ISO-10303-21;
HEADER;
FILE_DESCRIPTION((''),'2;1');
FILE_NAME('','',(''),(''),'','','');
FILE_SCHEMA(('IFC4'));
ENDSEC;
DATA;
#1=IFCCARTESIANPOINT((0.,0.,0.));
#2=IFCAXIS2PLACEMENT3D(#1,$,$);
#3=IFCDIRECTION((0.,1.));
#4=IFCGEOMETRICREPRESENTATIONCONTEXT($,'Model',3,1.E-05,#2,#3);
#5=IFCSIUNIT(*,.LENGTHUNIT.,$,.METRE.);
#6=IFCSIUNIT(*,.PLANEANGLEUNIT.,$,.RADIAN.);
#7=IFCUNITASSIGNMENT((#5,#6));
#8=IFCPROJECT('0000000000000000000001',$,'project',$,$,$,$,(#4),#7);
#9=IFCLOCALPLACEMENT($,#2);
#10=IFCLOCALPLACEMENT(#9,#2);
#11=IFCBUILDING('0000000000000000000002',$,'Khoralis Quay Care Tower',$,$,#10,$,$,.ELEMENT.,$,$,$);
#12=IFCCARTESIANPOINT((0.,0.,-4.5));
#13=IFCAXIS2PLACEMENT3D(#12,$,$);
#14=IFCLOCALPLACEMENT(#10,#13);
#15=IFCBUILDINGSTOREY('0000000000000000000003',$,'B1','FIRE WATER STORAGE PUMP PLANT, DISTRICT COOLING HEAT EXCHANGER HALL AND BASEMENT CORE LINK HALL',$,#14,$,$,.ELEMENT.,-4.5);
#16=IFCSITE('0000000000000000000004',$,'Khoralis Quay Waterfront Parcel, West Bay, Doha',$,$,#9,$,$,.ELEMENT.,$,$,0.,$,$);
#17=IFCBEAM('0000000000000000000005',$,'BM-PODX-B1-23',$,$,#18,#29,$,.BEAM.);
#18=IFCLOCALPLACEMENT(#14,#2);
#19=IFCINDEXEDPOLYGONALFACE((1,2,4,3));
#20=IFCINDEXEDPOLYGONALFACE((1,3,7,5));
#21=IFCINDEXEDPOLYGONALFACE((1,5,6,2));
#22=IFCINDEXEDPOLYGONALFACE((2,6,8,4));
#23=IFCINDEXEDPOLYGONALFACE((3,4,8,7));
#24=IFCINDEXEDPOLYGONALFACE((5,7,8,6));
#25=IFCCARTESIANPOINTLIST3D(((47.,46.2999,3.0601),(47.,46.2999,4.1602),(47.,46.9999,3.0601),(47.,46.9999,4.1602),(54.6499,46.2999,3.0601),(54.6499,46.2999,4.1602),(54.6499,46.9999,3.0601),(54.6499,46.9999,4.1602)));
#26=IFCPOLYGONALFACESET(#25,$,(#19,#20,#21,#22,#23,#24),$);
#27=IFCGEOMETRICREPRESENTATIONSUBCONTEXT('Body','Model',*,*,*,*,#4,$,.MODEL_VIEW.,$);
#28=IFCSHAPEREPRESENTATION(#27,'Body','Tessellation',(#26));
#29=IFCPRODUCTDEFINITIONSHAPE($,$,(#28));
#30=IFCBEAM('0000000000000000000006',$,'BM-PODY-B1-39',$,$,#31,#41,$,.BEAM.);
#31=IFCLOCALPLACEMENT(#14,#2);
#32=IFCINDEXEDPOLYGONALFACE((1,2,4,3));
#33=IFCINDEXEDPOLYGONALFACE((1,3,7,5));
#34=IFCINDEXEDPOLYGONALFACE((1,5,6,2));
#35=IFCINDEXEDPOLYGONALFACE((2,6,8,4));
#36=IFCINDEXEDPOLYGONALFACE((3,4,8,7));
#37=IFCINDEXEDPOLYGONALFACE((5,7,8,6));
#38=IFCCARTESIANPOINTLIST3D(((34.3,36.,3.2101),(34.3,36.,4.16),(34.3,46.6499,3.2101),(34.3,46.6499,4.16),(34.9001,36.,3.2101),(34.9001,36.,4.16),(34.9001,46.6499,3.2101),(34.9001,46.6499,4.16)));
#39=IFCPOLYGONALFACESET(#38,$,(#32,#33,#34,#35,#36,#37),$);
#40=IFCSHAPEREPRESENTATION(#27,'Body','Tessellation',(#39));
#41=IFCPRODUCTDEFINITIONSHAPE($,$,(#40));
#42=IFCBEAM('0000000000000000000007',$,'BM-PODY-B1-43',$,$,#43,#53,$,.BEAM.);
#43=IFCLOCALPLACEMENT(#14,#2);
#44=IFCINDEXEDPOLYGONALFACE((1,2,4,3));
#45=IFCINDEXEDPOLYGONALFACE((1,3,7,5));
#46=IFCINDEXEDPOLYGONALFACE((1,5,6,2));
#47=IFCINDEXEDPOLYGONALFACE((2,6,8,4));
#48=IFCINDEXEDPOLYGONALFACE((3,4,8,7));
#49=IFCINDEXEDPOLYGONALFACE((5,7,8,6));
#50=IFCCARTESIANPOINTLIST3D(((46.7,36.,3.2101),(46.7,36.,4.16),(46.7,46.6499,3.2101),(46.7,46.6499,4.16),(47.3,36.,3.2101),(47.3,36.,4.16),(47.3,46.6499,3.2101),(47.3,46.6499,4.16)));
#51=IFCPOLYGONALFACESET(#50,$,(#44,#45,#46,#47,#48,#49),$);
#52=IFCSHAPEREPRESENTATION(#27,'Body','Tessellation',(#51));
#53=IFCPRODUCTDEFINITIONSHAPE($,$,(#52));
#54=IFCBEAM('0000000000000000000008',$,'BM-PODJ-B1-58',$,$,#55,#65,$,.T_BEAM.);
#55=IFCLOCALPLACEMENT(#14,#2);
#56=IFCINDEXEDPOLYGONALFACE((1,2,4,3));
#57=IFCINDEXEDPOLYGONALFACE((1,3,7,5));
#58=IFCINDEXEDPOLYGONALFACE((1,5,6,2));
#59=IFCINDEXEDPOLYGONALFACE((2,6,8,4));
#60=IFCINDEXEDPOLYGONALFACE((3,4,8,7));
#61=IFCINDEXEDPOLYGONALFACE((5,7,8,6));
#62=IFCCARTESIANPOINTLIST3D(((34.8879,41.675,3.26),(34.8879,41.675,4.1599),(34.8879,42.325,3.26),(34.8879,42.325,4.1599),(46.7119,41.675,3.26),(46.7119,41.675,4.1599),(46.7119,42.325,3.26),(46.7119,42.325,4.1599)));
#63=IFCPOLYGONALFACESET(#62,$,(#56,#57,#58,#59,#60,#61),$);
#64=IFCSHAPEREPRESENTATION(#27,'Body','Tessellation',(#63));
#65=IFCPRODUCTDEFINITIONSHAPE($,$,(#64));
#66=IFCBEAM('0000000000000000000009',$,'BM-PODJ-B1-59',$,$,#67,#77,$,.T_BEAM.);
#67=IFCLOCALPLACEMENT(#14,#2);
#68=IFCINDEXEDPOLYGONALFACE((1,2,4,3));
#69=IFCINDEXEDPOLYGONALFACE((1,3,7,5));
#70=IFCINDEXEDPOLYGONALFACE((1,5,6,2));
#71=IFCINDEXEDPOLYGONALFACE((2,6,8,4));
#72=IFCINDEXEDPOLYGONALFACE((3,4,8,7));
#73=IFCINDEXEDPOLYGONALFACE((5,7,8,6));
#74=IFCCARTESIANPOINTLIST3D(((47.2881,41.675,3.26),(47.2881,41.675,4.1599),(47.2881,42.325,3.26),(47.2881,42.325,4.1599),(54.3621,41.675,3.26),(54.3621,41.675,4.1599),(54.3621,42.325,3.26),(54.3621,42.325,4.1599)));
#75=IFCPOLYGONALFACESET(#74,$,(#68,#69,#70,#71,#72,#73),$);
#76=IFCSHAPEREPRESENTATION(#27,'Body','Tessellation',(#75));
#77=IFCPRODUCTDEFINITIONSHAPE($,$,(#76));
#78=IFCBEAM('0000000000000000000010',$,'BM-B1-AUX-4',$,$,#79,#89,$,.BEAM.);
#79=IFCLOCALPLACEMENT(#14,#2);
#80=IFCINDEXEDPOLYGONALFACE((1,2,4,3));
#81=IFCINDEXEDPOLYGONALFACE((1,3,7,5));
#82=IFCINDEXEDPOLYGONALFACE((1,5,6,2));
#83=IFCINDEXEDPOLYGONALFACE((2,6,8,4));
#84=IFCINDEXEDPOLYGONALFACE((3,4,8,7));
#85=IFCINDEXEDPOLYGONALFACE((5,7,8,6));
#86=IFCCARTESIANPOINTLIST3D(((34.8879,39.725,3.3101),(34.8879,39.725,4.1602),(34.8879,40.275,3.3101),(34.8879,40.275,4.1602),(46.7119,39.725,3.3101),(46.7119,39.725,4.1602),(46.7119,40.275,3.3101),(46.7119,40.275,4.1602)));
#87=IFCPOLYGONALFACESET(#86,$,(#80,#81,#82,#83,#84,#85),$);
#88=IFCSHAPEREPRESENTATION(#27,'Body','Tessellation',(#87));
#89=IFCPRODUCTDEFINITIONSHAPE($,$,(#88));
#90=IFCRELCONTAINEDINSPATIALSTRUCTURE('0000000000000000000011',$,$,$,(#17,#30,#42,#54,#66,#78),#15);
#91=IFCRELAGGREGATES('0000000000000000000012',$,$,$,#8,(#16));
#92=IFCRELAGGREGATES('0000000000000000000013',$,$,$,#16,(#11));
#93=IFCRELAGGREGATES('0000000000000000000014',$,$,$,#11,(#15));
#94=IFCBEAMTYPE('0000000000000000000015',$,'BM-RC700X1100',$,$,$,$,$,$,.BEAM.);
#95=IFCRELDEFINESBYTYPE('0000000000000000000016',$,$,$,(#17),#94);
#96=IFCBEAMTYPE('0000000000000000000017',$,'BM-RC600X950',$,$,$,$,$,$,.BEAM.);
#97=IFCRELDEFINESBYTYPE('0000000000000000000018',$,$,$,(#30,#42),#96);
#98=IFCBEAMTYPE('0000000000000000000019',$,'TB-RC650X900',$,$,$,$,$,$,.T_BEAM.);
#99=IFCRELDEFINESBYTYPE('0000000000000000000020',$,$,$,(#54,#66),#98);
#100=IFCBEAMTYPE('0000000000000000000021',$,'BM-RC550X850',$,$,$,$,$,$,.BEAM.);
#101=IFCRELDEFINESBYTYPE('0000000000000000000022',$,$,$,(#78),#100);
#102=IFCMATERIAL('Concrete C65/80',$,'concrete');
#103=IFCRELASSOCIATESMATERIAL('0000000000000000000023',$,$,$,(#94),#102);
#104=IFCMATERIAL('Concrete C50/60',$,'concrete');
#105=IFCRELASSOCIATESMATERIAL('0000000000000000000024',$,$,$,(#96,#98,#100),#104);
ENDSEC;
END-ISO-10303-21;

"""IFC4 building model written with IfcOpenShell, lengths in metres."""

from ifc_helpers import new_model, si_unit, direction, frame, origin, origin_2d, place, context, subcontext, project, spatial, rectangle, extrude, source, transform, mapped, material, material_profile, profile_set, type_object, element, save


model = new_model("IFC4")

# Units and contexts
model_context = context("Model", 3, precision=1e-05, world=origin(), true_north=direction((0.0, 1.0)))
body_context = subcontext(model_context, "Body", "Model", "MODEL_VIEW")
ifc_project = project(units=[si_unit("LENGTHUNIT", "METRE"), si_unit("PLANEANGLEUNIT", "RADIAN")], contexts=[model_context])

# Site, building, storey
site_placement = place(None, origin())
site = spatial("IfcSite", under=ifc_project, at=site_placement, Name="Khoralis Quay Waterfront Parcel, West Bay, Doha", CompositionType="ELEMENT", RefElevation=0.0)
building_placement = place(site_placement, origin())
building = spatial("IfcBuilding", under=site, at=building_placement, Name="Khoralis Quay Care Tower", CompositionType="ELEMENT")
storey_placement = place(building_placement, frame((0.0, 0.0, -4.5)))
storey = spatial("IfcBuildingStorey", under=building, at=storey_placement, Name="B1", Description="FIRE WATER STORAGE PUMP PLANT, DISTRICT COOLING HEAT EXCHANGER HALL AND BASEMENT CORE LINK HALL", CompositionType="ELEMENT", Elevation=-4.5)

# Shared definitions
ifc_material_1 = material(Name="Concrete C50/60", Category="concrete")

# Beams
ifc_material_2 = material(Name="Concrete C65/80", Category="concrete")
ifc_material_profile_1 = material_profile(ifc_material_2, rectangle(XDim=0.7, YDim=1.1001, at=origin_2d()), Name="Concrete C65/80")
ifc_profile_set_1 = profile_set([ifc_material_profile_1], Name="Concrete C65/80")
beam_type_1 = type_object("IfcBeamType", Name="BM-RC700X1100", PredefinedType="BEAM", material=ifc_profile_set_1)
shared_shape_1 = source(origin(), body_context, "Body", "SweptSolid", [
    extrude(rectangle(XDim=0.7, YDim=1.1001, at=origin_2d()), origin(), (0.0, 0.0, 1.0), 7.6499),
])
for number, where, z_axis, x_axis, name in (
    (1, (47.0, 46.6499, 3.6101), (1.0, 0.0, 0.0), (0.0, 1.0, 0.0), "BM-PODX-B1-23"),
):
    element("IfcBeam", number, at=place(storey_placement, frame(where, z_axis=z_axis, x_axis=x_axis)), inside=storey, type_object=beam_type_1, Name=name, PredefinedType="BEAM", context=body_context, shape_type="MappedRepresentation", body=[
        mapped(shared_shape_1, transform((0.0, 0.0, 0.0), scale=1.0)),
    ])
ifc_material_profile_2 = material_profile(ifc_material_1, rectangle(XDim=0.6001, YDim=0.95, at=origin_2d()), Name="Concrete C50/60")
ifc_profile_set_2 = profile_set([ifc_material_profile_2], Name="Concrete C50/60")
beam_type_2 = type_object("IfcBeamType", Name="BM-RC600X950", PredefinedType="BEAM", material=ifc_profile_set_2)
shared_shape_2 = source(origin(), body_context, "Body", "SweptSolid", [
    extrude(rectangle(XDim=0.6001, YDim=0.95, at=origin_2d()), origin(), (0.0, 0.0, 1.0), 10.6499),
])
for number, where, z_axis, x_axis, name in (
    (2, (34.6001, 36.0, 3.6851), (0.0, 1.0, 0.0), (-1.0, 0.0, 0.0), "BM-PODY-B1-39"),
    (3, (47.0, 36.0, 3.6851), (0.0, 1.0, 0.0), (-1.0, 0.0, 0.0), "BM-PODY-B1-43"),
):
    element("IfcBeam", number, at=place(storey_placement, frame(where, z_axis=z_axis, x_axis=x_axis)), inside=storey, type_object=beam_type_2, Name=name, PredefinedType="BEAM", context=body_context, shape_type="MappedRepresentation", body=[
        mapped(shared_shape_2, transform((0.0, 0.0, 0.0), scale=1.0)),
    ])
ifc_material_profile_3 = material_profile(ifc_material_1, rectangle(XDim=0.6499, YDim=0.8999, at=origin_2d()), Name="Concrete C50/60")
ifc_profile_set_3 = profile_set([ifc_material_profile_3], Name="Concrete C50/60")
beam_type_3 = type_object("IfcBeamType", Name="TB-RC650X900", PredefinedType="T_BEAM", material=ifc_profile_set_3)
shared_shape_3 = source(origin(), body_context, "Body", "SweptSolid", [
    extrude(rectangle(XDim=0.6499, YDim=0.8999, at=origin_2d()), origin(), (0.0, 0.0, 1.0), 11.824),
])
beam_1_placement = place(storey_placement, frame((34.8879, 42.0, 3.71), z_axis=(1.0, 0.0, 0.0), x_axis=(0.0, 1.0, 0.0)))
element("IfcBeam", 4, at=beam_1_placement, inside=storey, type_object=beam_type_3, Name="BM-PODJ-B1-58", PredefinedType="T_BEAM", context=body_context, shape_type="MappedRepresentation", body=[
    mapped(shared_shape_3, transform((0.0, 0.0, 0.0), scale=1.0)),
])
shared_shape_4 = source(origin(), body_context, "Body", "SweptSolid", [
    extrude(rectangle(XDim=0.6499, YDim=0.8999, at=origin_2d()), origin(), (0.0, 0.0, 1.0), 7.074),
])
beam_2_placement = place(storey_placement, frame((47.2881, 42.0, 3.71), z_axis=(1.0, 0.0, 0.0), x_axis=(0.0, 1.0, 0.0)))
element("IfcBeam", 5, at=beam_2_placement, inside=storey, type_object=beam_type_3, Name="BM-PODJ-B1-59", PredefinedType="T_BEAM", context=body_context, shape_type="MappedRepresentation", body=[
    mapped(shared_shape_4, transform((0.0, 0.0, 0.0), scale=1.0)),
])
ifc_material_profile_4 = material_profile(ifc_material_1, rectangle(XDim=0.55, YDim=0.8501, at=origin_2d()), Name="Concrete C50/60")
ifc_profile_set_4 = profile_set([ifc_material_profile_4], Name="Concrete C50/60")
beam_type_4 = type_object("IfcBeamType", Name="BM-RC550X850", PredefinedType="BEAM", material=ifc_profile_set_4)
shared_shape_5 = source(origin(), body_context, "Body", "SweptSolid", [
    extrude(rectangle(XDim=0.55, YDim=0.8501, at=origin_2d()), origin(), (0.0, 0.0, 1.0), 11.824),
])
beam_3_placement = place(storey_placement, frame((34.8879, 40.0, 3.7351), z_axis=(1.0, 0.0, 0.0), x_axis=(0.0, 1.0, 0.0)))
element("IfcBeam", 6, at=beam_3_placement, inside=storey, type_object=beam_type_4, Name="BM-B1-AUX-4", PredefinedType="BEAM", context=body_context, shape_type="MappedRepresentation", body=[
    mapped(shared_shape_5, transform((0.0, 0.0, 0.0), scale=1.0)),
])

save(model, "model.ifc")
